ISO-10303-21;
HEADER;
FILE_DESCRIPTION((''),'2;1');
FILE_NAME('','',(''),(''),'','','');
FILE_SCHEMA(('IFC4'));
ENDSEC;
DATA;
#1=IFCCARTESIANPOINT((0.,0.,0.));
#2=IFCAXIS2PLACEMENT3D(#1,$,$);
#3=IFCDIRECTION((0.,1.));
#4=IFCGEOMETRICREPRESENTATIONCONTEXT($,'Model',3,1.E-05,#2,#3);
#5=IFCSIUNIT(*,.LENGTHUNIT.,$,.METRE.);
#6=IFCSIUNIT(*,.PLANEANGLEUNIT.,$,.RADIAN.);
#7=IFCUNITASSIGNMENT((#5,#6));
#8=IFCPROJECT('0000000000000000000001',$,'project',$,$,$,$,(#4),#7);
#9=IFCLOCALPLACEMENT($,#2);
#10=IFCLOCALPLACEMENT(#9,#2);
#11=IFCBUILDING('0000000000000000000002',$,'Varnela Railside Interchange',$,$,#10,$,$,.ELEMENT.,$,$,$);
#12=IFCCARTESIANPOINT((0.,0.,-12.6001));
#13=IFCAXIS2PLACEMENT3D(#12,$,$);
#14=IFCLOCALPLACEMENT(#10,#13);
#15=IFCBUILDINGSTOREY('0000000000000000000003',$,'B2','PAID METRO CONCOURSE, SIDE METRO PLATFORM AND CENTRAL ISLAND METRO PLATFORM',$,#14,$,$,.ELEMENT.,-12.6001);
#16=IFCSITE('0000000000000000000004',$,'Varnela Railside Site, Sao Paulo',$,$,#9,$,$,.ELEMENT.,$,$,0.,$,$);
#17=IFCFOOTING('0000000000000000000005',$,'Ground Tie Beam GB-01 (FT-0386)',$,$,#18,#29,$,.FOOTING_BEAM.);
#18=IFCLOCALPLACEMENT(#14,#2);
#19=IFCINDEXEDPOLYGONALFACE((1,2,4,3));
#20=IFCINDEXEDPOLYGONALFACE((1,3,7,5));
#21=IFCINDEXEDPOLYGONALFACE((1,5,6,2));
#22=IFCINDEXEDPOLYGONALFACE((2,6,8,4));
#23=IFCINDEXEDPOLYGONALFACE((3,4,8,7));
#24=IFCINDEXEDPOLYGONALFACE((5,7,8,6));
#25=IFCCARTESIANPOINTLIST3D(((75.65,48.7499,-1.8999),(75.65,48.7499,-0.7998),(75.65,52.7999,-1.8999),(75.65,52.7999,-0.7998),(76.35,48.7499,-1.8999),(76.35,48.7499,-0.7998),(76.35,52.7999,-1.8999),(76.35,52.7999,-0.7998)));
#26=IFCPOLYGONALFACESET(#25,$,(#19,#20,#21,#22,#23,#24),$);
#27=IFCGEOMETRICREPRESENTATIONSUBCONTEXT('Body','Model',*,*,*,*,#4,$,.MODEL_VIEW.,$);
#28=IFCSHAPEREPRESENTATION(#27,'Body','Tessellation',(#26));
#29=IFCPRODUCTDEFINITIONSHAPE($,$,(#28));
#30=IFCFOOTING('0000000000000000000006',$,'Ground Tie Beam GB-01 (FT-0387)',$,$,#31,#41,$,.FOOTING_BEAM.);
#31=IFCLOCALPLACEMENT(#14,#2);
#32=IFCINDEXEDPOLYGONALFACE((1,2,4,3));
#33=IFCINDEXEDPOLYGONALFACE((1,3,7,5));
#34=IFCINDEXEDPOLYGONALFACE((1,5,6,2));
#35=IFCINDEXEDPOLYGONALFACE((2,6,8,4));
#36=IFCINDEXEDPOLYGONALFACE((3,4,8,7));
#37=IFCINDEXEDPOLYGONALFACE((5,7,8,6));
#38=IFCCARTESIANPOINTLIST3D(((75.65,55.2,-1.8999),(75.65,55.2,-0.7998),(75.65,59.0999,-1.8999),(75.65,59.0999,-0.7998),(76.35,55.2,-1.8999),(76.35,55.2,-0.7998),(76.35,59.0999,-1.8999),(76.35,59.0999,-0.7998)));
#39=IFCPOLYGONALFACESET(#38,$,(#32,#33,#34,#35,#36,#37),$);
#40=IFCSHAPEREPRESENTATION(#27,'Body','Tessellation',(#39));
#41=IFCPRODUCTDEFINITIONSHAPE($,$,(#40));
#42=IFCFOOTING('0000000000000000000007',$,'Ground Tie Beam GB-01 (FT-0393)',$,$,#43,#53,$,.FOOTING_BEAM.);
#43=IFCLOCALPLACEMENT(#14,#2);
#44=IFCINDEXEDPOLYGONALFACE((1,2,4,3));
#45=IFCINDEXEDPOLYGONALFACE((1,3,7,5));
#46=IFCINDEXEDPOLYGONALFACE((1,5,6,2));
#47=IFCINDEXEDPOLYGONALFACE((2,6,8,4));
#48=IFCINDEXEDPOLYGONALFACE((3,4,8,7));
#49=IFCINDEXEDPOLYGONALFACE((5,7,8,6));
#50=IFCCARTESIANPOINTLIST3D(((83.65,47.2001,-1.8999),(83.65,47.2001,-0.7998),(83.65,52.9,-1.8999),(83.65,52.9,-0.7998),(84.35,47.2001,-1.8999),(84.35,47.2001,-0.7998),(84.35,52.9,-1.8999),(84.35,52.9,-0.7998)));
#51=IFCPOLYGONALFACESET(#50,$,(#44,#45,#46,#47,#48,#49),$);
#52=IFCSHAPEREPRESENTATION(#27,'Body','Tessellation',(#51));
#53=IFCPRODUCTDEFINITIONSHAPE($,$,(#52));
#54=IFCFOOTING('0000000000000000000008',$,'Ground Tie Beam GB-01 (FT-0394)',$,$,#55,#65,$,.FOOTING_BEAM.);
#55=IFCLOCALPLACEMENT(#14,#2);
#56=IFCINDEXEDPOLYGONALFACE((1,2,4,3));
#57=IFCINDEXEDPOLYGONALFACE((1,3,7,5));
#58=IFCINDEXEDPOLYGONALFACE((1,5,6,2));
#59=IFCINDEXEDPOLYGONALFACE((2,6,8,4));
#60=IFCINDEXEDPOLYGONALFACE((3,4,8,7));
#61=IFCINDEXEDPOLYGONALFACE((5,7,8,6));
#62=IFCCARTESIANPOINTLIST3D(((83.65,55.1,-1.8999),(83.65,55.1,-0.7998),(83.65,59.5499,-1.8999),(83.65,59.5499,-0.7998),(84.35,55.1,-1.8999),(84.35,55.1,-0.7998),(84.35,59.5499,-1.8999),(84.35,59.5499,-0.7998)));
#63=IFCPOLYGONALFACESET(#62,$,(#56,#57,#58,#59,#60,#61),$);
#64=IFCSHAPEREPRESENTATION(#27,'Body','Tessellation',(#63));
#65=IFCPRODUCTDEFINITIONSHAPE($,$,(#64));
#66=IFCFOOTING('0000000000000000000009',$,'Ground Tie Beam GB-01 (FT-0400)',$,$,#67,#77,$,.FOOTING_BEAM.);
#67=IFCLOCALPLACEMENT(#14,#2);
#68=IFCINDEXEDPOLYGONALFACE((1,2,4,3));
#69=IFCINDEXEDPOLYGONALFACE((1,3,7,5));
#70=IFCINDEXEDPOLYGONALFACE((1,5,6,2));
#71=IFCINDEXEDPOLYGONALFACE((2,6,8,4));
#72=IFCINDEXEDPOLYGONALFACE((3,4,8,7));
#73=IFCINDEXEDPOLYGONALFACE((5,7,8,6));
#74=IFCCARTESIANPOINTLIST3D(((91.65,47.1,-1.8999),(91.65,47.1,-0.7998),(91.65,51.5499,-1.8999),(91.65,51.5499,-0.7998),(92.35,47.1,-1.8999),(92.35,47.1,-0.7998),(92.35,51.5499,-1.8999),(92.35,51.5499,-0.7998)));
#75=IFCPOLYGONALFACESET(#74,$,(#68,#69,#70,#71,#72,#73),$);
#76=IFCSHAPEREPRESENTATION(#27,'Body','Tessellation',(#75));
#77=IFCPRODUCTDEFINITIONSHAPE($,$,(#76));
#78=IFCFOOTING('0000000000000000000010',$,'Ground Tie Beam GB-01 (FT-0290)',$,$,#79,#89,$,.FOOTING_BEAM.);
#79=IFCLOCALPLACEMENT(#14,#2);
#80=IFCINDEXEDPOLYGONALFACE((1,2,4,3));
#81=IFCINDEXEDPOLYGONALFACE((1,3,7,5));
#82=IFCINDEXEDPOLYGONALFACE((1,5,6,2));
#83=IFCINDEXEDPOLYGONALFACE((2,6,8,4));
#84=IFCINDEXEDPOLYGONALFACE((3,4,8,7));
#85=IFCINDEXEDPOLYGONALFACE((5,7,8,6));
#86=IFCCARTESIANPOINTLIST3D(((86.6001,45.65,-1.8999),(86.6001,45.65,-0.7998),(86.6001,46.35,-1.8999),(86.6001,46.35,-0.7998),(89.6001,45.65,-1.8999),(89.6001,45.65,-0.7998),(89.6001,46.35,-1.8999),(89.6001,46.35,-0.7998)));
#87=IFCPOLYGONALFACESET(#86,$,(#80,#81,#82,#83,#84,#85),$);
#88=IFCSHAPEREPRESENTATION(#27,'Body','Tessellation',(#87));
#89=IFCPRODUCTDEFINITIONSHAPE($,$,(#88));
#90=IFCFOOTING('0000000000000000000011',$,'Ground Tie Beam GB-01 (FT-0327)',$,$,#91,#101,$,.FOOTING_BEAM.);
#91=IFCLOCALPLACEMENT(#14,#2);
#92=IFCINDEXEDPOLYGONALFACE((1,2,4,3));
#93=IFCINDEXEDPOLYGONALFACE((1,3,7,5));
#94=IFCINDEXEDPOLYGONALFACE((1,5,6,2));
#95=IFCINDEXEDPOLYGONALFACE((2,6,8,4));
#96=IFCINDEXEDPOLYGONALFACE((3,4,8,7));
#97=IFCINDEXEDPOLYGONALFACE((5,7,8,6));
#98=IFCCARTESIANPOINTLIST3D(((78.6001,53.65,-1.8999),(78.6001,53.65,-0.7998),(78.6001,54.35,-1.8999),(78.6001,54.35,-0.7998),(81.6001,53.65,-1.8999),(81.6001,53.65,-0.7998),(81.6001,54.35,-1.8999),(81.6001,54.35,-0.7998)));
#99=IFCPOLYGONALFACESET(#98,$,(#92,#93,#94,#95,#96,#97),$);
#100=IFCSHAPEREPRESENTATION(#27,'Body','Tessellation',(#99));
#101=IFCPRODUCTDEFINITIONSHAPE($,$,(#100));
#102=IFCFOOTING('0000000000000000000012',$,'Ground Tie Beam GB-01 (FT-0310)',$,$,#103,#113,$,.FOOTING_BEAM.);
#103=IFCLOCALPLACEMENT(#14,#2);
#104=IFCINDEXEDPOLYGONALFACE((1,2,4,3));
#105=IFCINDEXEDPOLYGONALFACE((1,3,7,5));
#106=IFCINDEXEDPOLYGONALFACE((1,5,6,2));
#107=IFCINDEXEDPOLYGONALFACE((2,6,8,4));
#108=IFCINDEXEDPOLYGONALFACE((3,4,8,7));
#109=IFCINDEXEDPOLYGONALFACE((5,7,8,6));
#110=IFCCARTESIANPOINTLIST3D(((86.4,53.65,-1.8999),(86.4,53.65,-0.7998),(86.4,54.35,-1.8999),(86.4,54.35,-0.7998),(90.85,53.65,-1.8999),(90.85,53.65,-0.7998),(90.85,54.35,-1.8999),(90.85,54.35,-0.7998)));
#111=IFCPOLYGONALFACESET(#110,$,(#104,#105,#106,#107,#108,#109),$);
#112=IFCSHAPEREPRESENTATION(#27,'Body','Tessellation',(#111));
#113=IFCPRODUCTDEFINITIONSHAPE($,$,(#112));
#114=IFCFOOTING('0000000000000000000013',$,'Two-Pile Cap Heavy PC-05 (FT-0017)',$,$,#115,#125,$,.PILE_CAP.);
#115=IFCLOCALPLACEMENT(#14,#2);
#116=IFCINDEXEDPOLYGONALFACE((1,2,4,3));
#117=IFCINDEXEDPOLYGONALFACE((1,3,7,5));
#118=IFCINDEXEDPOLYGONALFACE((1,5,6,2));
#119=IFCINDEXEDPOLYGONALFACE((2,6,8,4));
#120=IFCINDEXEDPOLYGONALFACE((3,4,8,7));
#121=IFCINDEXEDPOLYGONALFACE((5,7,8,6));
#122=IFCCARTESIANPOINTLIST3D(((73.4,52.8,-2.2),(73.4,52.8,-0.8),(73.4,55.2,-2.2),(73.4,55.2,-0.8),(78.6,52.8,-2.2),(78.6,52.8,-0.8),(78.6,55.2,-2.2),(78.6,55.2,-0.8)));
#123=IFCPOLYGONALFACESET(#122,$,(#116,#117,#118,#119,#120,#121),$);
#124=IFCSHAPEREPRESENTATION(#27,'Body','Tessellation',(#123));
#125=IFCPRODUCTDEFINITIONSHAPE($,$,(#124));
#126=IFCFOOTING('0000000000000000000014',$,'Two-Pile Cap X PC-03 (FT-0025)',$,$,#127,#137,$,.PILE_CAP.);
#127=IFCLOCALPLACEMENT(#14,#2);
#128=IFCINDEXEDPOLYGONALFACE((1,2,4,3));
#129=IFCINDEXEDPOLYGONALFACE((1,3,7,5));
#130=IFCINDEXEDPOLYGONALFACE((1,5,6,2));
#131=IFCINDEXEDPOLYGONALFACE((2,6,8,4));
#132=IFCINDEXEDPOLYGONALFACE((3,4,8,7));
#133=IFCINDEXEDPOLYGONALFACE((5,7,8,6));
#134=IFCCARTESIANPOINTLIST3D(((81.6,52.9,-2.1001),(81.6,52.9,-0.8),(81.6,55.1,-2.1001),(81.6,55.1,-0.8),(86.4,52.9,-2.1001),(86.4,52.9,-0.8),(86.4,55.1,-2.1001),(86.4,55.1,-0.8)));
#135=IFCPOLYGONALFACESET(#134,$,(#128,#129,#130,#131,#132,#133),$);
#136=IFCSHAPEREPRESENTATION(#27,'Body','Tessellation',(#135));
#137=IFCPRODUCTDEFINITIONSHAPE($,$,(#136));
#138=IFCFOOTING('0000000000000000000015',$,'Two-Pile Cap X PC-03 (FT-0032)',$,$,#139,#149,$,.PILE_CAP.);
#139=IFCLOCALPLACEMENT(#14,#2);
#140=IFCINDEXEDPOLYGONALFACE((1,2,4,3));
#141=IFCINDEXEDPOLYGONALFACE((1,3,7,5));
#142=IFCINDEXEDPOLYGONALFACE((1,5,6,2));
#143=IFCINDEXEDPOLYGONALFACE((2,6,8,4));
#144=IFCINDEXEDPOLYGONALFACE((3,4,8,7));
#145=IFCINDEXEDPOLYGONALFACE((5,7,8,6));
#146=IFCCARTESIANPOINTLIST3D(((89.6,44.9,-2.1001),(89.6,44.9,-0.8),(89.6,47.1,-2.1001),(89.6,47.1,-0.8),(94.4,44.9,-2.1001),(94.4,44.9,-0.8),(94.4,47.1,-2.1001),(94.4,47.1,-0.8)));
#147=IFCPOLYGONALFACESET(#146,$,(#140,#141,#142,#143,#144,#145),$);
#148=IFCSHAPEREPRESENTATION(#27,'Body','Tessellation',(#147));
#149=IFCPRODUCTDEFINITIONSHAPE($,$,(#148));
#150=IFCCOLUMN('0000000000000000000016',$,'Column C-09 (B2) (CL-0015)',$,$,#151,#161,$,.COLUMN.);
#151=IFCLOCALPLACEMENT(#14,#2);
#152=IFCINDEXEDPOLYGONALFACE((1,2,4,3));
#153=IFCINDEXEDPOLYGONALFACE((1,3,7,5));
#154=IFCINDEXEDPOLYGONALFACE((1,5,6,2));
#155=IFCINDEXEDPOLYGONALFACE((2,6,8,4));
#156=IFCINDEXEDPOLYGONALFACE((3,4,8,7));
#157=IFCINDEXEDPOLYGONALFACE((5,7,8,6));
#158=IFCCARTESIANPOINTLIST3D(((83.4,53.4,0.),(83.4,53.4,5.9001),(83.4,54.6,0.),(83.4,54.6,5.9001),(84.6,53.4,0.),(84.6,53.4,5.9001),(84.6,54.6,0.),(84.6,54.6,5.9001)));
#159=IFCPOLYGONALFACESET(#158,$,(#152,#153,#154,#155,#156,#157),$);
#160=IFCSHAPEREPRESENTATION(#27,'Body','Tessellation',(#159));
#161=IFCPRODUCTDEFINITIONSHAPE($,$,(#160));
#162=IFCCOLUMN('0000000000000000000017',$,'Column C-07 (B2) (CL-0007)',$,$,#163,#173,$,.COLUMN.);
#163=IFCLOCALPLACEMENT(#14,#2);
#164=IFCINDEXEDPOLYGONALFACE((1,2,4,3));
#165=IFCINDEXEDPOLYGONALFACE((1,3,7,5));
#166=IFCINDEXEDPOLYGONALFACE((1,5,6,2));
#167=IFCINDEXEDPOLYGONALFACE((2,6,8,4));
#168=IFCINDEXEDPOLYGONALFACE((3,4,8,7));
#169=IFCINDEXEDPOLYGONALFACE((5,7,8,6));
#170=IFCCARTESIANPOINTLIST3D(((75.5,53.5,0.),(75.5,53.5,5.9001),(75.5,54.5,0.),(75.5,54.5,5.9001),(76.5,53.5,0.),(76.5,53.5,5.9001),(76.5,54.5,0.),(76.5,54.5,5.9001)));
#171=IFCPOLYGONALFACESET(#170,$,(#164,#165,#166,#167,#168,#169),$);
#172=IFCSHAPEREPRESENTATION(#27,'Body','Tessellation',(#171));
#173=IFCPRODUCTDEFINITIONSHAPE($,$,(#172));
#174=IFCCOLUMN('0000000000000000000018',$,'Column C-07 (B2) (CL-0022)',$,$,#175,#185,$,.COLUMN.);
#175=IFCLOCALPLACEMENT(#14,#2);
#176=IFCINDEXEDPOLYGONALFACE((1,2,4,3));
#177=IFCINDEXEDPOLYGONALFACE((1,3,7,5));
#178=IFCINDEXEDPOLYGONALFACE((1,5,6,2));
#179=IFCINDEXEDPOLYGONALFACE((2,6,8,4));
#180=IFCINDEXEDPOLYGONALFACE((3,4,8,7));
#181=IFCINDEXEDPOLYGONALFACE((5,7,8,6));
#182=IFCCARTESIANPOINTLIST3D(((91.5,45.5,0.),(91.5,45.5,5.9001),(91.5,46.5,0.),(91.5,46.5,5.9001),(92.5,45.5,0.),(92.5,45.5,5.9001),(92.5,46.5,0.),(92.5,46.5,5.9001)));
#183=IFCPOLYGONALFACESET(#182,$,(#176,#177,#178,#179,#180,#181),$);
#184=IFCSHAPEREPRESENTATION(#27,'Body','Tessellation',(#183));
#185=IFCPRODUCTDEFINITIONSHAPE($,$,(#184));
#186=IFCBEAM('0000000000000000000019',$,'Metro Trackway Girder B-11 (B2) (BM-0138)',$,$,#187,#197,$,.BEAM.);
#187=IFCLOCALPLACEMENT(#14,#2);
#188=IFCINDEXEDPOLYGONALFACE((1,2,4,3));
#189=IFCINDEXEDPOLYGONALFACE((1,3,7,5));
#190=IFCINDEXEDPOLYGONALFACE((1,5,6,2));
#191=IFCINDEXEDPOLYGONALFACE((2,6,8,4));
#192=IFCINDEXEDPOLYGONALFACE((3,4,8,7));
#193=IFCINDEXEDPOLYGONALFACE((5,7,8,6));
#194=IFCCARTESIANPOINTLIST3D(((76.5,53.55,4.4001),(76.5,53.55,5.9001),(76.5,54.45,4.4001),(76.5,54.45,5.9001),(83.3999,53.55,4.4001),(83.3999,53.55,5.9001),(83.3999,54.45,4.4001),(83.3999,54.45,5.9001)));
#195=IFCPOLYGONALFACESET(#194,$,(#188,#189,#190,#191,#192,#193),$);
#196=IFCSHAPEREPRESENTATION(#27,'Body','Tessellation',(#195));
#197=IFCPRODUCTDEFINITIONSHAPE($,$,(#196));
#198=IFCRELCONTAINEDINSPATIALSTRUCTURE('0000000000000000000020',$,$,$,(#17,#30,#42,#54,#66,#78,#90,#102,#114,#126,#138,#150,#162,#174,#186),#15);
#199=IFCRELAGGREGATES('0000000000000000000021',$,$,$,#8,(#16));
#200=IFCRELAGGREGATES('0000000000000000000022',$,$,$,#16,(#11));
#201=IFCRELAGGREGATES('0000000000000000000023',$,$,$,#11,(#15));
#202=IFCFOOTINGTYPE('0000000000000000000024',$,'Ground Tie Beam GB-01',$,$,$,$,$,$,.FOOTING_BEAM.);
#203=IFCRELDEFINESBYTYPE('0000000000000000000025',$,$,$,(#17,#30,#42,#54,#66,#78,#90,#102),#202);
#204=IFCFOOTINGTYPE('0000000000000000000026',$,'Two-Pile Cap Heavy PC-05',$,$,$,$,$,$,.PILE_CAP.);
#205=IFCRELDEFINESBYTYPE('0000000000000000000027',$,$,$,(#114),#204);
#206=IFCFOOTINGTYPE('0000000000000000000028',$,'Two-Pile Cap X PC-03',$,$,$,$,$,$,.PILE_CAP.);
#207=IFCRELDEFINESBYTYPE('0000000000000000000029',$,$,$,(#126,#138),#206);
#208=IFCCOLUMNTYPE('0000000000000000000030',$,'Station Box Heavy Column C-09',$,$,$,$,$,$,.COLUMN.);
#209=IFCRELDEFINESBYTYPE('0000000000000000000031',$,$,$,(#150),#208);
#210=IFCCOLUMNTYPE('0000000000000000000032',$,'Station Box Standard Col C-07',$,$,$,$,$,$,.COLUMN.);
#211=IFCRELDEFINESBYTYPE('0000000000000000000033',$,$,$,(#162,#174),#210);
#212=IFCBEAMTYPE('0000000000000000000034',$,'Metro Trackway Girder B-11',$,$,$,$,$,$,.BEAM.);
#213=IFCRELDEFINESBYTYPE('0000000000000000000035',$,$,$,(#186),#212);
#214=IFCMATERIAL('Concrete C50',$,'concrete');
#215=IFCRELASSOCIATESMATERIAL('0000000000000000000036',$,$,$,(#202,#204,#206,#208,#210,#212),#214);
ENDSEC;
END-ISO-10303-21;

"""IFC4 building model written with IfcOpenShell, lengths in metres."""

from ifc_helpers import new_model, si_unit, direction, frame, origin, origin_2d, place, context, subcontext, project, spatial, rectangle, extrude, material, material_profile, profile_set, type_object, element, save


model = new_model("IFC4")

# Units and contexts
model_context = context("Model", 3, precision=1e-05, world=origin(), true_north=direction((0.0, 1.0)))
body_context = subcontext(model_context, "Body", "Model", "MODEL_VIEW")
ifc_project = project(units=[si_unit("LENGTHUNIT", "METRE"), si_unit("PLANEANGLEUNIT", "RADIAN")], contexts=[model_context])

# Site, building, storey
site_placement = place(None, origin())
site = spatial("IfcSite", under=ifc_project, at=site_placement, Name="Varnela Railside Site, Sao Paulo", CompositionType="ELEMENT", RefElevation=0.0)
building_placement = place(site_placement, origin())
building = spatial("IfcBuilding", under=site, at=building_placement, Name="Varnela Railside Interchange", CompositionType="ELEMENT")
storey_placement = place(building_placement, frame((0.0, 0.0, -12.6001)))
storey = spatial("IfcBuildingStorey", under=building, at=storey_placement, Name="B2", Description="PAID METRO CONCOURSE, SIDE METRO PLATFORM AND CENTRAL ISLAND METRO PLATFORM", CompositionType="ELEMENT", Elevation=-12.6001)

# Footings
ifc_material_1 = material(Name="Concrete C50", Category="concrete")
footing_type_1 = type_object("IfcFootingType", Name="Ground Tie Beam GB-01", PredefinedType="FOOTING_BEAM", material=ifc_material_1)
footing_1_placement = place(storey_placement, frame((76.0, 50.7749, -1.8999), z_axis=(0.0, 0.0, 1.0), x_axis=(1.0, 0.0, 0.0)))
element("IfcFooting", 1, at=footing_1_placement, inside=storey, type_object=footing_type_1, Name="Ground Tie Beam GB-01 (FT-0386)", PredefinedType="FOOTING_BEAM", context=body_context, shape_type="SweptSolid", body=[
    extrude(rectangle(XDim=0.7, YDim=4.05, at=origin_2d()), origin(), (0.0, 0.0, 1.0), 1.1001),
])
footing_2_placement = place(storey_placement, frame((76.0, 57.1499, -1.8999), z_axis=(0.0, 0.0, 1.0), x_axis=(1.0, 0.0, 0.0)))
element("IfcFooting", 2, at=footing_2_placement, inside=storey, type_object=footing_type_1, Name="Ground Tie Beam GB-01 (FT-0387)", PredefinedType="FOOTING_BEAM", context=body_context, shape_type="SweptSolid", body=[
    extrude(rectangle(XDim=0.7, YDim=3.8999, at=origin_2d()), origin(), (0.0, 0.0, 1.0), 1.1001),
])
footing_3_placement = place(storey_placement, frame((84.0, 50.05, -1.8999), z_axis=(0.0, 0.0, 1.0), x_axis=(1.0, 0.0, 0.0)))
element("IfcFooting", 3, at=footing_3_placement, inside=storey, type_object=footing_type_1, Name="Ground Tie Beam GB-01 (FT-0393)", PredefinedType="FOOTING_BEAM", context=body_context, shape_type="SweptSolid", body=[
    extrude(rectangle(XDim=0.7, YDim=5.7, at=origin_2d()), origin(), (0.0, 0.0, 1.0), 1.1001),
])
for number, where, z_axis, x_axis, name in (
    (4, (84.0, 57.325, -1.8999), (0.0, 0.0, 1.0), (1.0, 0.0, 0.0), "Ground Tie Beam GB-01 (FT-0394)"),
    (5, (92.0, 49.325, -1.8999), (0.0, 0.0, 1.0), (1.0, 0.0, 0.0), "Ground Tie Beam GB-01 (FT-0400)"),
):
    element("IfcFooting", number, at=place(storey_placement, frame(where, z_axis=z_axis, x_axis=x_axis)), inside=storey, type_object=footing_type_1, Name=name, PredefinedType="FOOTING_BEAM", context=body_context, shape_type="SweptSolid", body=[
        extrude(rectangle(XDim=0.7, YDim=4.45, at=origin_2d()), origin(), (0.0, 0.0, 1.0), 1.1001),
    ])
for number, where, z_axis, x_axis, name in (
    (6, (88.1001, 46.0, -1.8999), (0.0, 0.0, 1.0), (1.0, 0.0, 0.0), "Ground Tie Beam GB-01 (FT-0290)"),
    (7, (80.1001, 54.0, -1.8999), (0.0, 0.0, 1.0), (1.0, 0.0, 0.0), "Ground Tie Beam GB-01 (FT-0327)"),
):
    element("IfcFooting", number, at=place(storey_placement, frame(where, z_axis=z_axis, x_axis=x_axis)), inside=storey, type_object=footing_type_1, Name=name, PredefinedType="FOOTING_BEAM", context=body_context, shape_type="SweptSolid", body=[
        extrude(rectangle(XDim=3.0, YDim=0.7, at=origin_2d()), origin(), (0.0, 0.0, 1.0), 1.1001),
    ])
footing_4_placement = place(storey_placement, frame((88.625, 54.0, -1.8999), z_axis=(0.0, 0.0, 1.0), x_axis=(1.0, 0.0, 0.0)))
element("IfcFooting", 8, at=footing_4_placement, inside=storey, type_object=footing_type_1, Name="Ground Tie Beam GB-01 (FT-0310)", PredefinedType="FOOTING_BEAM", context=body_context, shape_type="SweptSolid", body=[
    extrude(rectangle(XDim=4.45, YDim=0.7, at=origin_2d()), origin(), (0.0, 0.0, 1.0), 1.1001),
])
footing_type_2 = type_object("IfcFootingType", Name="Two-Pile Cap Heavy PC-05", PredefinedType="PILE_CAP", material=ifc_material_1)
footing_5_placement = place(storey_placement, frame((76.0, 54.0, -2.2), z_axis=(0.0, 0.0, 1.0), x_axis=(1.0, 0.0, 0.0)))
element("IfcFooting", 9, at=footing_5_placement, inside=storey, type_object=footing_type_2, Name="Two-Pile Cap Heavy PC-05 (FT-0017)", PredefinedType="PILE_CAP", context=body_context, shape_type="SweptSolid", body=[
    extrude(rectangle(XDim=5.2, YDim=2.3999, at=origin_2d()), origin(), (0.0, 0.0, 1.0), 1.3999),
])
footing_type_3 = type_object("IfcFootingType", Name="Two-Pile Cap X PC-03", PredefinedType="PILE_CAP", material=ifc_material_1)
for number, where, z_axis, x_axis, name in (
    (10, (84.0, 54.0, -2.1001), (0.0, 0.0, 1.0), (1.0, 0.0, 0.0), "Two-Pile Cap X PC-03 (FT-0025)"),
    (11, (92.0, 46.0, -2.1001), (0.0, 0.0, 1.0), (1.0, 0.0, 0.0), "Two-Pile Cap X PC-03 (FT-0032)"),
):
    element("IfcFooting", number, at=place(storey_placement, frame(where, z_axis=z_axis, x_axis=x_axis)), inside=storey, type_object=footing_type_3, Name=name, PredefinedType="PILE_CAP", context=body_context, shape_type="SweptSolid", body=[
        extrude(rectangle(XDim=4.8, YDim=2.2, at=origin_2d()), origin(), (0.0, 0.0, 1.0), 1.3),
    ])

# Columns
ifc_material_profile_1 = material_profile(ifc_material_1, rectangle(XDim=1.2, YDim=1.2, at=origin_2d()), Name="RC 1200x1200")
ifc_profile_set_1 = profile_set([ifc_material_profile_1], Name="Concrete C50")
column_type_1 = type_object("IfcColumnType", Name="Station Box Heavy Column C-09", PredefinedType="COLUMN", material=ifc_profile_set_1)
column_placement = place(storey_placement, frame((84.0, 54.0, 0.0), z_axis=(0.0, 0.0, 1.0), x_axis=(1.0, 0.0, 0.0)))
element("IfcColumn", 12, at=column_placement, inside=storey, type_object=column_type_1, Name="Column C-09 (B2) (CL-0015)", PredefinedType="COLUMN", context=body_context, shape_type="SweptSolid", body=[
    extrude(rectangle(XDim=1.2, YDim=1.2, at=origin_2d()), origin(), (0.0, 0.0, 1.0), 5.9001),
])
ifc_material_profile_2 = material_profile(ifc_material_1, rectangle(XDim=1.0, YDim=1.0, at=origin_2d()), Name="RC 1000x1000")
ifc_profile_set_2 = profile_set([ifc_material_profile_2], Name="Concrete C50")
column_type_2 = type_object("IfcColumnType", Name="Station Box Standard Col C-07", PredefinedType="COLUMN", material=ifc_profile_set_2)
for number, where, z_axis, x_axis, name in (
    (13, (76.0, 54.0, 0.0), (0.0, 0.0, 1.0), (1.0, 0.0, 0.0), "Column C-07 (B2) (CL-0007)"),
    (14, (92.0, 46.0, 0.0), (0.0, 0.0, 1.0), (1.0, 0.0, 0.0), "Column C-07 (B2) (CL-0022)"),
):
    element("IfcColumn", number, at=place(storey_placement, frame(where, z_axis=z_axis, x_axis=x_axis)), inside=storey, type_object=column_type_2, Name=name, PredefinedType="COLUMN", context=body_context, shape_type="SweptSolid", body=[
        extrude(rectangle(XDim=1.0, YDim=1.0, at=origin_2d()), origin(), (0.0, 0.0, 1.0), 5.9001),
    ])

# Beam
ifc_material_profile_3 = material_profile(ifc_material_1, rectangle(XDim=0.8999, YDim=1.5, at=origin_2d()), Name="RC 900x1500")
ifc_profile_set_3 = profile_set([ifc_material_profile_3], Name="Concrete C50")
beam_type_1 = type_object("IfcBeamType", Name="Metro Trackway Girder B-11", PredefinedType="BEAM", material=ifc_profile_set_3)
for number, where, z_axis, x_axis, name in (
    (15, (76.5, 54.0, 5.1501), (1.0, 0.0, 0.0), (0.0, 1.0, 0.0), "Metro Trackway Girder B-11 (B2) (BM-0138)"),
):
    element("IfcBeam", number, at=place(storey_placement, frame(where, z_axis=z_axis, x_axis=x_axis)), inside=storey, type_object=beam_type_1, Name=name, PredefinedType="BEAM", context=body_context, shape_type="SweptSolid", body=[
        extrude(rectangle(XDim=0.8999, YDim=1.5, at=origin_2d()), origin(), (0.0, 0.0, 1.0), 6.8999),
    ])

save(model, "model.ifc")
